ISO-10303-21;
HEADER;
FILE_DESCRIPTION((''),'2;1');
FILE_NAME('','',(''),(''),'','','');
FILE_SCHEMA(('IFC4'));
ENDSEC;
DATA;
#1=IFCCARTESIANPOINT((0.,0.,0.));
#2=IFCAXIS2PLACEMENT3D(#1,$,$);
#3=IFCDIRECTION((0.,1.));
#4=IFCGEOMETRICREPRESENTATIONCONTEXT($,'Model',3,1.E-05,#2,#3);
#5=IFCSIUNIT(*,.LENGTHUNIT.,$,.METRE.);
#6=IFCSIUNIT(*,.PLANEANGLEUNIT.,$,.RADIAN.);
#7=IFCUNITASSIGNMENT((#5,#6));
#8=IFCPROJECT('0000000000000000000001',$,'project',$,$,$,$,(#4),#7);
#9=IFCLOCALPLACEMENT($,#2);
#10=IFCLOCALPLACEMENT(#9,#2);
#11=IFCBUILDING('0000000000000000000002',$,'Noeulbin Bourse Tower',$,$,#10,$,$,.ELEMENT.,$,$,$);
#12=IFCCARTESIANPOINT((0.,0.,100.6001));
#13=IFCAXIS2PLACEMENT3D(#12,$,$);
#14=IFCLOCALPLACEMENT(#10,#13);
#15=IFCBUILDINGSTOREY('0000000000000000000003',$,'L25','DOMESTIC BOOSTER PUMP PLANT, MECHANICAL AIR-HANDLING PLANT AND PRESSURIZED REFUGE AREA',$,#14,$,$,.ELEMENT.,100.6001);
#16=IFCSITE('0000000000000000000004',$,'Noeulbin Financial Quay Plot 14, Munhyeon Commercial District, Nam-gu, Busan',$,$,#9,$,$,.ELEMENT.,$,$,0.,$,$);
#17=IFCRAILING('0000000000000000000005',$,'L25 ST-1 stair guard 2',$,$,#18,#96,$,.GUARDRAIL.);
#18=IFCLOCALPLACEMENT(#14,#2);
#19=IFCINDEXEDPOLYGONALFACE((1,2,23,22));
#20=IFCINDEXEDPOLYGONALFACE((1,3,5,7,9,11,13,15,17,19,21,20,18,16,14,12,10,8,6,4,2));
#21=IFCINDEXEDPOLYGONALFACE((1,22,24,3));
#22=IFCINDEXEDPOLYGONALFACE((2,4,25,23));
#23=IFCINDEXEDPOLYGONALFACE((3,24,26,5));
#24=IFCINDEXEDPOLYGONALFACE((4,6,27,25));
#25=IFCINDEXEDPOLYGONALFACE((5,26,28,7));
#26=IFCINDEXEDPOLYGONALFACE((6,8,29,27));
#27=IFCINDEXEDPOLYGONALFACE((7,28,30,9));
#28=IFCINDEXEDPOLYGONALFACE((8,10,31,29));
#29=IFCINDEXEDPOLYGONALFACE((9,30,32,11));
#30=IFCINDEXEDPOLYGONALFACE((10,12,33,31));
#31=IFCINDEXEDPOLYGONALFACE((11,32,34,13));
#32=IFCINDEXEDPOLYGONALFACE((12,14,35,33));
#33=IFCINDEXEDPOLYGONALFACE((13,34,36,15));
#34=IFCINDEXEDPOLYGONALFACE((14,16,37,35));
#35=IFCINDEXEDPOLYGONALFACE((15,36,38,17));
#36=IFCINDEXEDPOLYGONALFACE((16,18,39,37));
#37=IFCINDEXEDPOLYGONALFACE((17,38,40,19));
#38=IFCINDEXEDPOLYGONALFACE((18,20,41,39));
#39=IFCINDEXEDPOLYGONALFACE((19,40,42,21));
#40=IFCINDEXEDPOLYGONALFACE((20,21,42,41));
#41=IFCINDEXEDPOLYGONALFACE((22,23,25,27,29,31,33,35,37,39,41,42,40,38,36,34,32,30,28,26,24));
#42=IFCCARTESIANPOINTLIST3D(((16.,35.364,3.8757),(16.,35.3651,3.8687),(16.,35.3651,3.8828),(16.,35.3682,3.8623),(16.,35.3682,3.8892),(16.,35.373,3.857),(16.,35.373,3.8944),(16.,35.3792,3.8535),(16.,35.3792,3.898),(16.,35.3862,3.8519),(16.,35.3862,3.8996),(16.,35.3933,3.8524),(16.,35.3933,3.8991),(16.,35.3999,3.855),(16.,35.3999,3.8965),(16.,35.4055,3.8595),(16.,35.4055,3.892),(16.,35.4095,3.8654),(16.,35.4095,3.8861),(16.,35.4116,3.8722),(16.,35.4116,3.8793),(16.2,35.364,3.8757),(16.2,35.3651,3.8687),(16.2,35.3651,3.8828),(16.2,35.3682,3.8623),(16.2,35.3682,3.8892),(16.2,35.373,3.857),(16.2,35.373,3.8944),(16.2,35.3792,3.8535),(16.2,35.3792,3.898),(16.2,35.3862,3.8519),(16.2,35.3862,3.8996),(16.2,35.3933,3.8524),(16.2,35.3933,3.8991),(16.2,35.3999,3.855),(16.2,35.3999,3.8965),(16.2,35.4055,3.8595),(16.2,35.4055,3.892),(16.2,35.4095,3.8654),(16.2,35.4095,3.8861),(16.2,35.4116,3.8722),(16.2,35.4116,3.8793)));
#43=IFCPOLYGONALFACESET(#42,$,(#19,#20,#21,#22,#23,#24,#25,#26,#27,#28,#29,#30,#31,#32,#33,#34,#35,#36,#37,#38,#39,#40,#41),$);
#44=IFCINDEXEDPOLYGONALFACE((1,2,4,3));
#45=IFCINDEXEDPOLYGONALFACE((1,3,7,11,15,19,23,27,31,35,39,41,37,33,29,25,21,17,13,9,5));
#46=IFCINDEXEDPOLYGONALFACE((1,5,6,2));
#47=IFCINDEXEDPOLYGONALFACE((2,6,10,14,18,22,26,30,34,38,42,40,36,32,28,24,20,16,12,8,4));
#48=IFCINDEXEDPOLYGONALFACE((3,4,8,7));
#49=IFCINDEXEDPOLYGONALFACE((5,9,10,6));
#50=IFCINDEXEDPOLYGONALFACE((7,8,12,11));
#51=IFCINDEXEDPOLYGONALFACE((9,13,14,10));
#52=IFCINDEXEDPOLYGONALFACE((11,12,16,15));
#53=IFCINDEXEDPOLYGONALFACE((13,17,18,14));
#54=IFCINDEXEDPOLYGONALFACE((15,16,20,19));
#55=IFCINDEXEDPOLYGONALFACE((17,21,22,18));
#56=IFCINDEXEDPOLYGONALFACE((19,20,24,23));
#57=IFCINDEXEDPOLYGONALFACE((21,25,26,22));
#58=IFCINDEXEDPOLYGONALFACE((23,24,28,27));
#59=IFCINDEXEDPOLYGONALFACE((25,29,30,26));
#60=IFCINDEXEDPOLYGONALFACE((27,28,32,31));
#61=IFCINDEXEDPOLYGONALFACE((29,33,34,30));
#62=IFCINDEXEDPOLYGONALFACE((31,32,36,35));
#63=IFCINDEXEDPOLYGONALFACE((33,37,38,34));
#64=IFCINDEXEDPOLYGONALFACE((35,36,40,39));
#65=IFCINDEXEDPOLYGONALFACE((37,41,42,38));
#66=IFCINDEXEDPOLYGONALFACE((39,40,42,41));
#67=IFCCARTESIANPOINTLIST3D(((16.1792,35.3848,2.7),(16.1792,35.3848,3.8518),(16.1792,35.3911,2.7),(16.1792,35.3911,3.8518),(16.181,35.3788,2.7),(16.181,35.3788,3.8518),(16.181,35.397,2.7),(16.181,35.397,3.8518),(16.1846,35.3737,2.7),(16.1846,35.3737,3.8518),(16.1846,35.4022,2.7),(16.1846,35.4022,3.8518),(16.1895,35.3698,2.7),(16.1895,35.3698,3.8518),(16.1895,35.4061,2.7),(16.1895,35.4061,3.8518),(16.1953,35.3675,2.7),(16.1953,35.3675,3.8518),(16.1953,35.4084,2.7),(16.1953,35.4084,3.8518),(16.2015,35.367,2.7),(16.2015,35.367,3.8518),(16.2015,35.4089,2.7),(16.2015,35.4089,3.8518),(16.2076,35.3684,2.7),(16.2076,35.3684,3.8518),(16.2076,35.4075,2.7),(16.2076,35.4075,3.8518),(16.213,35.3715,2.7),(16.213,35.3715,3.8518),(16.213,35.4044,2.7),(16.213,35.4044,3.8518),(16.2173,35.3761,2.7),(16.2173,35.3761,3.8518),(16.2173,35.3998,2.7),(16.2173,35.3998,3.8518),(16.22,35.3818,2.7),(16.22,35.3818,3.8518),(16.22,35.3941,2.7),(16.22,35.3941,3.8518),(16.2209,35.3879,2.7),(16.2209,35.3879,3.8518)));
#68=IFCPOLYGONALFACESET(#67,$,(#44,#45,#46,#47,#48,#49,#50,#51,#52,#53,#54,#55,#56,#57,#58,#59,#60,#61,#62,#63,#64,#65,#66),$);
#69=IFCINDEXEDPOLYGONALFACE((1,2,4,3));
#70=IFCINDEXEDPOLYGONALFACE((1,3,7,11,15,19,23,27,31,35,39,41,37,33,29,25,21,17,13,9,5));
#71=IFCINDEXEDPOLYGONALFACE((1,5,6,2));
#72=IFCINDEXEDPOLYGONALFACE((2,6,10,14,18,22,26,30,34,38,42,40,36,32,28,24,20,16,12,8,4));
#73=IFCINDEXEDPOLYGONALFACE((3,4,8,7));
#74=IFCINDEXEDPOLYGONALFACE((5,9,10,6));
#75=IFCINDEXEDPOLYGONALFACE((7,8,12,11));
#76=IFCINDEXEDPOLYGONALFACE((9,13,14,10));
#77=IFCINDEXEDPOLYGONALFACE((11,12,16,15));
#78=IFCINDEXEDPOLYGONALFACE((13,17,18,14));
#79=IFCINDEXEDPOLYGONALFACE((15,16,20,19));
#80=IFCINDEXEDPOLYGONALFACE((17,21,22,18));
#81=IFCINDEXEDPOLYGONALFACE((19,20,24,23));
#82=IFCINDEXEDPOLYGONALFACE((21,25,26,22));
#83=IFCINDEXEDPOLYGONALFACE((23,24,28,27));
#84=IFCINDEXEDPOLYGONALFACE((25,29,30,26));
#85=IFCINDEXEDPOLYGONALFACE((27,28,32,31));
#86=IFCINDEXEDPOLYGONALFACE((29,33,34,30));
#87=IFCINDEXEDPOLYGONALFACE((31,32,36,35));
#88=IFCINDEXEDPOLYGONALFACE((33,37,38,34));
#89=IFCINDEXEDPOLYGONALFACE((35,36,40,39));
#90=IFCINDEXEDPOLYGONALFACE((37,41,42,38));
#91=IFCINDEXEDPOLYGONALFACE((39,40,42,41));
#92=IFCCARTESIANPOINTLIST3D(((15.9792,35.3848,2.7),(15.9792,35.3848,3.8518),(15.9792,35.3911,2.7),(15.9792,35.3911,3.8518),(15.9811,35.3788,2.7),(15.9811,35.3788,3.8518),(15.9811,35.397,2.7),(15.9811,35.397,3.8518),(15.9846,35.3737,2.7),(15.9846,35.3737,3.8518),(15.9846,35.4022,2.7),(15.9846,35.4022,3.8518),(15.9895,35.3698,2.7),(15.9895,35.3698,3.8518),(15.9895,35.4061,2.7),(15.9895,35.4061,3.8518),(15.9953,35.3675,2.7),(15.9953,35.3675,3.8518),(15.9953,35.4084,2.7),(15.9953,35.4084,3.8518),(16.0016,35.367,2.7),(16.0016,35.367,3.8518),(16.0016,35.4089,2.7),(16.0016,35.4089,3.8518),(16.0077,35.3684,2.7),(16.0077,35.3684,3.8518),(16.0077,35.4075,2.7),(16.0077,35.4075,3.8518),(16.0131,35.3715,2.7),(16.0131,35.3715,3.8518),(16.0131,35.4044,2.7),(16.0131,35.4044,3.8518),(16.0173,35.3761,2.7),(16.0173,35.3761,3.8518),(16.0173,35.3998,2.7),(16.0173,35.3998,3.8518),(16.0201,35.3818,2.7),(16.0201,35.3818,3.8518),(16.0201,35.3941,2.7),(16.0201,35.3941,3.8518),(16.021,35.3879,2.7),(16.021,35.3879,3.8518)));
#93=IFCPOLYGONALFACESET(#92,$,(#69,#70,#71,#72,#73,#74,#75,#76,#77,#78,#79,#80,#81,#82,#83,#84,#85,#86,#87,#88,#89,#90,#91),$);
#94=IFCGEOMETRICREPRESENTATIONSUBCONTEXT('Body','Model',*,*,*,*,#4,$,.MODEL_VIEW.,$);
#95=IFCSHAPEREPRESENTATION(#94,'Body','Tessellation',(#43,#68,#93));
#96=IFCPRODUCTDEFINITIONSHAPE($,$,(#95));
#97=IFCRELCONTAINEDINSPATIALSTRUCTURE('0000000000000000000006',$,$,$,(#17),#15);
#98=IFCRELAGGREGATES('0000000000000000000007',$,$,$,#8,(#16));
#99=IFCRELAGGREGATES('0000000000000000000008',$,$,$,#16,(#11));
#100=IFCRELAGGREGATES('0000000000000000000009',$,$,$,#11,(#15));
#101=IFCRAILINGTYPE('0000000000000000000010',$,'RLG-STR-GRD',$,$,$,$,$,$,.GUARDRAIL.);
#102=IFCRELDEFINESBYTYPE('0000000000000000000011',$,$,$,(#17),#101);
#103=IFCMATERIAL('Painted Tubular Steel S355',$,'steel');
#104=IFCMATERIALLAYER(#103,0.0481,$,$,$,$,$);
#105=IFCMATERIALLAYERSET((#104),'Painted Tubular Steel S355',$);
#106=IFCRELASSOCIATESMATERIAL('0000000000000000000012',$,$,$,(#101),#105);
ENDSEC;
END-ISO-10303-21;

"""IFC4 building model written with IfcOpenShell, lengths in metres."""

from ifc_helpers import new_model, si_unit, direction, frame, origin, origin_2d, place, context, subcontext, project, spatial, circle, extrude, material, layer, layer_set, type_object, element, save


model = new_model("IFC4")

# Units and contexts
model_context = context("Model", 3, precision=1e-05, world=origin(), true_north=direction((0.0, 1.0)))
body_context = subcontext(model_context, "Body", "Model", "MODEL_VIEW")
ifc_project = project(units=[si_unit("LENGTHUNIT", "METRE"), si_unit("PLANEANGLEUNIT", "RADIAN")], contexts=[model_context])

# Site, building, storey
site_placement = place(None, origin())
site = spatial("IfcSite", under=ifc_project, at=site_placement, Name="Noeulbin Financial Quay Plot 14, Munhyeon Commercial District, Nam-gu, Busan", CompositionType="ELEMENT", RefElevation=0.0)
building_placement = place(site_placement, origin())
building = spatial("IfcBuilding", under=site, at=building_placement, Name="Noeulbin Bourse Tower", CompositionType="ELEMENT")
storey_placement = place(building_placement, frame((0.0, 0.0, 100.6001)))
storey = spatial("IfcBuildingStorey", under=building, at=storey_placement, Name="L25", Description="DOMESTIC BOOSTER PUMP PLANT, MECHANICAL AIR-HANDLING PLANT AND PRESSURIZED REFUGE AREA", CompositionType="ELEMENT", Elevation=100.6001)

# Railing
ifc_material_1 = material(Name="Painted Tubular Steel S355", Category="steel")
ifc_layer_1 = layer(ifc_material_1, 0.0481)
ifc_layer_set_1 = layer_set([ifc_layer_1], Name="Painted Tubular Steel S355")
railing_type_1 = type_object("IfcRailingType", Name="RLG-STR-GRD", PredefinedType="GUARDRAIL", material=ifc_layer_set_1)
railing_1_placement = place(storey_placement, frame((16.2, 35.3879, 2.7)))
element("IfcRailing", 1, at=railing_1_placement, inside=storey, type_object=railing_type_1, Name="L25 ST-1 stair guard 2", PredefinedType="GUARDRAIL", context=body_context, shape_type="SweptSolid", body=[
    extrude(circle(Radius=0.0239, at=origin_2d()), frame((0.0, 0.0, 1.1758), z_axis=(-1.0, 0.0, 0.0), x_axis=(0.0, -1.0, 0.0)), (0.0, 0.0, 1.0), 0.2),
    extrude(circle(Radius=0.021, at=origin_2d()), origin(), (0.0, 0.0, 1.0), 1.1519),
    extrude(circle(Radius=0.021, at=origin_2d()), frame((-0.2, 0.0, 0.0)), (0.0, 0.0, 1.0), 1.1519),
])

save(model, "model.ifc")
